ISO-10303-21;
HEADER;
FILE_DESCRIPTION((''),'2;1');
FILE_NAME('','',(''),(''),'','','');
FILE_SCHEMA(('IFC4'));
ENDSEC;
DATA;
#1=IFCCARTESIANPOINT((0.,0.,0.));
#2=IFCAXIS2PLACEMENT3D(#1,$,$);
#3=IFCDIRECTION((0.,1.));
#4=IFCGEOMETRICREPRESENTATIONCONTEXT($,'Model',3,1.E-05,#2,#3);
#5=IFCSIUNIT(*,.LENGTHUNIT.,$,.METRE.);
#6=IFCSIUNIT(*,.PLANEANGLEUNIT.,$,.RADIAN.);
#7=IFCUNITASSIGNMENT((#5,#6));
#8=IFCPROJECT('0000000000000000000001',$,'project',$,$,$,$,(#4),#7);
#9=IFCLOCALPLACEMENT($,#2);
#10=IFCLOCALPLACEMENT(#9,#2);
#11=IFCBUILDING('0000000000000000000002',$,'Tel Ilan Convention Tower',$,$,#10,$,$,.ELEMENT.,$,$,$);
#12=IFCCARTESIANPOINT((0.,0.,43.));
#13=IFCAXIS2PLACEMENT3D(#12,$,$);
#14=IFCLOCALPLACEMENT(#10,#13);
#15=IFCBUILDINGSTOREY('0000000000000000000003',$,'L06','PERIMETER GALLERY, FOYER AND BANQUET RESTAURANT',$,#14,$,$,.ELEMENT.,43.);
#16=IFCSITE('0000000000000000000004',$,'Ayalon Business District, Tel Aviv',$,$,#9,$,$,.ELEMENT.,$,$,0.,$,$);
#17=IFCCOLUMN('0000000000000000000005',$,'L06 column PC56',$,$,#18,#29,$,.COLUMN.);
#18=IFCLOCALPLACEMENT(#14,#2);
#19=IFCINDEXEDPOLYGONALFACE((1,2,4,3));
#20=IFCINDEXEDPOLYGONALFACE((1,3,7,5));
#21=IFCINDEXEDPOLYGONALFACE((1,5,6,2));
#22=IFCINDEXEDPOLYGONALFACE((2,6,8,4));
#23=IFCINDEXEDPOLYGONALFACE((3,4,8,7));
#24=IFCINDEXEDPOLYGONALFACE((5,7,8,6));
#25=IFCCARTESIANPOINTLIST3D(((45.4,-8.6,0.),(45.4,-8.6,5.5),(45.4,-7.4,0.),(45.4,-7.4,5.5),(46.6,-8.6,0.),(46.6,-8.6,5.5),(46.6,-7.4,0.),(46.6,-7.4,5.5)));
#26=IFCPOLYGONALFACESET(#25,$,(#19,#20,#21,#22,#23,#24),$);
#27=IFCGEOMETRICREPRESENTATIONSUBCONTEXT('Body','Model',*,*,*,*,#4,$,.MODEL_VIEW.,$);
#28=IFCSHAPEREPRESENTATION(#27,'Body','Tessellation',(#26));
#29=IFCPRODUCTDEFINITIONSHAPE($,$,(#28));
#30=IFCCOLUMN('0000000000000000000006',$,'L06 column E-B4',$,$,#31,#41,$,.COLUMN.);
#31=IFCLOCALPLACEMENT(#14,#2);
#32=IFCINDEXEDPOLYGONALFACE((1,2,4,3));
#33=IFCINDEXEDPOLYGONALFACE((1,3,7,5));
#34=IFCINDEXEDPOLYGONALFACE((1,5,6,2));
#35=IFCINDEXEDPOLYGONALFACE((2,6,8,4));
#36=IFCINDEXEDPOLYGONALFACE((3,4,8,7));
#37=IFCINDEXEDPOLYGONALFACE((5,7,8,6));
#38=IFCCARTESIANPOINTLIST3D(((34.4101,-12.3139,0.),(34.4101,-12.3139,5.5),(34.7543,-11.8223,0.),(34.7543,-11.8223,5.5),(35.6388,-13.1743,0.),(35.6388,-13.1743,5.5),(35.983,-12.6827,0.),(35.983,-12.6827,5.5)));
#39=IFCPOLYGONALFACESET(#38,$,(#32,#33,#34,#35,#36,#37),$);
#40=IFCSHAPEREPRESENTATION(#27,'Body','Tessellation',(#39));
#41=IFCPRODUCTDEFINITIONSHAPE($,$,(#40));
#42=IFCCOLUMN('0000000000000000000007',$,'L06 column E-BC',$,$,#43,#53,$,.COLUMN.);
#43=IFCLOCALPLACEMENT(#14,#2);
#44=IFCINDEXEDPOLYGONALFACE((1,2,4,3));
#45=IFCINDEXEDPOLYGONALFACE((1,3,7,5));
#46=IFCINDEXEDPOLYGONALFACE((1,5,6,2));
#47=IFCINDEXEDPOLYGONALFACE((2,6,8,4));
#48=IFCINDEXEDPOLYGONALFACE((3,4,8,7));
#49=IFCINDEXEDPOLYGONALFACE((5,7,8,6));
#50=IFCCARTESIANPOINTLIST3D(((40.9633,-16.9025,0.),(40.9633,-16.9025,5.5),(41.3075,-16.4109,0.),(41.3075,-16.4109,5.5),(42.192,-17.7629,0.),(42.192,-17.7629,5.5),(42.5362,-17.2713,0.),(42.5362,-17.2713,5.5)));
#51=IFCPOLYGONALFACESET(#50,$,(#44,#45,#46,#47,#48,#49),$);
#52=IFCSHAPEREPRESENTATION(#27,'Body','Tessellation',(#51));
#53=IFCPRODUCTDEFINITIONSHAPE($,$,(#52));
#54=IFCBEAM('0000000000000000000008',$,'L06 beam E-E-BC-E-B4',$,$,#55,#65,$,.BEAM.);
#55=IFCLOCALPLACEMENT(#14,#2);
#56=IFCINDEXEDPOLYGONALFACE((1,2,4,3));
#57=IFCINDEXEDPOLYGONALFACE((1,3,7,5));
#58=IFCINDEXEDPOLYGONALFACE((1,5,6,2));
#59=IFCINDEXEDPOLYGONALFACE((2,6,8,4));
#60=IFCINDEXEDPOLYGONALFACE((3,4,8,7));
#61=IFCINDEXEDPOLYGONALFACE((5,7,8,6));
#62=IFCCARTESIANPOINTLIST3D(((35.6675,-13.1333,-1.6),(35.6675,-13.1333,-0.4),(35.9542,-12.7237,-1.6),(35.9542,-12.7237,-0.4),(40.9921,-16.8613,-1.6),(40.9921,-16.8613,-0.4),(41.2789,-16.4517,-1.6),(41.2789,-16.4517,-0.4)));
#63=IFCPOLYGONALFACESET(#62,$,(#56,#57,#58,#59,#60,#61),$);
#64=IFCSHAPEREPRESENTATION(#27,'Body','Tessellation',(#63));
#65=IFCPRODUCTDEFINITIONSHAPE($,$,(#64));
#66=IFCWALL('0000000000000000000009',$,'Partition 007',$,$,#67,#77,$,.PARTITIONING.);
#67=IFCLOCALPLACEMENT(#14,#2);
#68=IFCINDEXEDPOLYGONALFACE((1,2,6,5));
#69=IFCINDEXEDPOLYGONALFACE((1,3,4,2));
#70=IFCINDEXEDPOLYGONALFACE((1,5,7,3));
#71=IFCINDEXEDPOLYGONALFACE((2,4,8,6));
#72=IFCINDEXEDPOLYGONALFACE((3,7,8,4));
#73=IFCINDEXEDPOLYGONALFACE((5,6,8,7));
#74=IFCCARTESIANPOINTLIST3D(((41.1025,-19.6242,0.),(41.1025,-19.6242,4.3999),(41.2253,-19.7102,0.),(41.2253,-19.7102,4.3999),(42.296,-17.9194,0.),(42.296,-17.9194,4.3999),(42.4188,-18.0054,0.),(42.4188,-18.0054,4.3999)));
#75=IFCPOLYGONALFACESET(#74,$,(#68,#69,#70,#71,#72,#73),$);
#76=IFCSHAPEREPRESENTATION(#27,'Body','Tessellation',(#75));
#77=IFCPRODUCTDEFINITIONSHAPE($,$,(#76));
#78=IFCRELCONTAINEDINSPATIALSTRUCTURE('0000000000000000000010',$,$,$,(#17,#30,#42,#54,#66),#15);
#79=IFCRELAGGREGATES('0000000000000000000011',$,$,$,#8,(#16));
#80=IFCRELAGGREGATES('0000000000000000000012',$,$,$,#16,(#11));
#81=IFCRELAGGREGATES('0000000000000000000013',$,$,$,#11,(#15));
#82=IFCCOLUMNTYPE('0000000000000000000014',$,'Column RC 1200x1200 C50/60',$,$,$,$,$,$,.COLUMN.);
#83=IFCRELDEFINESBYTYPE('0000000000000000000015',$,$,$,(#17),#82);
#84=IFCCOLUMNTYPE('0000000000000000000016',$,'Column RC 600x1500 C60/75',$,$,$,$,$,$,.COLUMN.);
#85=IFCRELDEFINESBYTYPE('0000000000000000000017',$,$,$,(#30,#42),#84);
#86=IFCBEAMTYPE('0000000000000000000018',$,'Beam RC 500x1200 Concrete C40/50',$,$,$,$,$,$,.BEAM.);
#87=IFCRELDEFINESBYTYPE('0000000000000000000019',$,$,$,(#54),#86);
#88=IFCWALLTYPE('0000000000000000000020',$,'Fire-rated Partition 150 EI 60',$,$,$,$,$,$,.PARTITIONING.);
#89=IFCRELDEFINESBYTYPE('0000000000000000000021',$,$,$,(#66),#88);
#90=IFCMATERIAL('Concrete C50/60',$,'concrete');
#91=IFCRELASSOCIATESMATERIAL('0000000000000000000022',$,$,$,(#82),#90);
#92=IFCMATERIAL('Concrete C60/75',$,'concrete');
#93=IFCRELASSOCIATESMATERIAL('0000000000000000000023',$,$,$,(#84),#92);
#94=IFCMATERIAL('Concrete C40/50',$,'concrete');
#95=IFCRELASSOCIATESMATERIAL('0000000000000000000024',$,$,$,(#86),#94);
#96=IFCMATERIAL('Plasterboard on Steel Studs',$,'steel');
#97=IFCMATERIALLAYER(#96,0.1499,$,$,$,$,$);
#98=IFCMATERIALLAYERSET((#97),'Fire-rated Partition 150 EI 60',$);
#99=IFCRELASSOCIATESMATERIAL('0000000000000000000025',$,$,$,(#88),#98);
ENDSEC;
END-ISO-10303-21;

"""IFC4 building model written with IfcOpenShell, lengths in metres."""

from ifc_helpers import new_model, si_unit, direction, frame, frame_2d, origin, origin_2d, place, context, subcontext, project, spatial, rectangle, extrude, material, layer, layer_set, material_profile, profile_set, type_object, element, save


model = new_model("IFC4")

# Units and contexts
model_context = context("Model", 3, precision=1e-05, world=origin(), true_north=direction((0.0, 1.0)))
body_context = subcontext(model_context, "Body", "Model", "MODEL_VIEW")
ifc_project = project(units=[si_unit("LENGTHUNIT", "METRE"), si_unit("PLANEANGLEUNIT", "RADIAN")], contexts=[model_context])

# Site, building, storey
site_placement = place(None, origin())
site = spatial("IfcSite", under=ifc_project, at=site_placement, Name="Ayalon Business District, Tel Aviv", CompositionType="ELEMENT", RefElevation=0.0)
building_placement = place(site_placement, origin())
building = spatial("IfcBuilding", under=site, at=building_placement, Name="Tel Ilan Convention Tower", CompositionType="ELEMENT")
storey_placement = place(building_placement, frame((0.0, 0.0, 43.0)))
storey = spatial("IfcBuildingStorey", under=building, at=storey_placement, Name="L06", Description="PERIMETER GALLERY, FOYER AND BANQUET RESTAURANT", CompositionType="ELEMENT", Elevation=43.0)

# Columns
ifc_material_1 = material(Name="Concrete C50/60", Category="concrete")
ifc_material_profile_1 = material_profile(ifc_material_1, rectangle(XDim=1.2, YDim=1.2, at=origin_2d()), Name="RC 1200x1200")
ifc_profile_set_1 = profile_set([ifc_material_profile_1], Name="Concrete C50/60")
column_type_1 = type_object("IfcColumnType", Name="Column RC 1200x1200 C50/60", PredefinedType="COLUMN", material=ifc_profile_set_1)
column_placement = place(storey_placement, frame((46.0, -8.0, 0.0), z_axis=(0.0, 0.0, 1.0), x_axis=(1.0, 0.0, 0.0)))
element("IfcColumn", 1, at=column_placement, inside=storey, type_object=column_type_1, Name="L06 column PC56", PredefinedType="COLUMN", context=body_context, shape_type="SweptSolid", body=[
    extrude(rectangle(XDim=1.2, YDim=1.2, at=origin_2d()), origin(), (0.0, 0.0, 1.0), 5.5),
])
ifc_material_2 = material(Name="Concrete C60/75", Category="concrete")
ifc_material_profile_2 = material_profile(ifc_material_2, rectangle(XDim=1.5, YDim=0.6001, at=origin_2d()), Name="RC 600x1500")
ifc_profile_set_2 = profile_set([ifc_material_profile_2], Name="Concrete C60/75")
column_type_2 = type_object("IfcColumnType", Name="Column RC 600x1500 C60/75", PredefinedType="COLUMN", material=ifc_profile_set_2)
for number, where, z_axis, x_axis, name in (
    (2, (35.1965, -12.4983, 0.0), (0.0, 0.0, 1.0), (0.819152, -0.573576, 0.0), "L06 column E-B4"),
    (3, (41.7498, -17.0869, 0.0), (0.0, 0.0, 1.0), (0.819152, -0.573576, 0.0), "L06 column E-BC"),
):
    element("IfcColumn", number, at=place(storey_placement, frame(where, z_axis=z_axis, x_axis=x_axis)), inside=storey, type_object=column_type_2, Name=name, PredefinedType="COLUMN", context=body_context, shape_type="SweptSolid", body=[
        extrude(rectangle(XDim=1.5, YDim=0.6001, at=origin_2d()), origin(), (0.0, 0.0, 1.0), 5.5),
    ])

# Beam
ifc_material_3 = material(Name="Concrete C40/50", Category="concrete")
ifc_material_profile_3 = material_profile(ifc_material_3, rectangle(XDim=0.5, YDim=1.2, at=origin_2d()), Name="RC 500x1200")
ifc_profile_set_3 = profile_set([ifc_material_profile_3], Name="Concrete C40/50")
beam_type = type_object("IfcBeamType", Name="Beam RC 500x1200 Concrete C40/50", PredefinedType="BEAM", material=ifc_profile_set_3)
beam_placement = place(storey_placement, frame((41.1355, -16.6565, -1.0), z_axis=(-0.819179, 0.573538, 0.0), x_axis=(-0.573538, -0.819179, 0.0)))
element("IfcBeam", 4, at=beam_placement, inside=storey, type_object=beam_type, Name="L06 beam E-E-BC-E-B4", PredefinedType="BEAM", context=body_context, shape_type="SweptSolid", body=[
    extrude(rectangle(XDim=0.5, YDim=1.2, at=origin_2d()), origin(), (0.0, 0.0, 1.0), 6.5),
])

# Wall
ifc_material_4 = material(Name="Plasterboard on Steel Studs", Category="steel")
ifc_layer_1 = layer(ifc_material_4, 0.1499)
ifc_layer_set_1 = layer_set([ifc_layer_1], Name="Fire-rated Partition 150 EI 60")
wall_type_1 = type_object("IfcWallType", Name="Fire-rated Partition 150 EI 60", PredefinedType="PARTITIONING", material=ifc_layer_set_1)
wall_1_placement = place(storey_placement, frame((42.3574, -17.9624, 0.0), z_axis=(0.0, 0.0, 1.0), x_axis=(-0.573533, -0.819182, 0.0)))
element("IfcWall", 5, at=wall_1_placement, inside=storey, type_object=wall_type_1, Name="Partition 007", PredefinedType="PARTITIONING", context=body_context, shape_type="SweptSolid", body=[
    extrude(rectangle(XDim=2.0811, YDim=0.1499, at=frame_2d((1.0405, 0.0))), origin(), (0.0, 0.0, 1.0), 4.3999),
])

save(model, "model.ifc")
